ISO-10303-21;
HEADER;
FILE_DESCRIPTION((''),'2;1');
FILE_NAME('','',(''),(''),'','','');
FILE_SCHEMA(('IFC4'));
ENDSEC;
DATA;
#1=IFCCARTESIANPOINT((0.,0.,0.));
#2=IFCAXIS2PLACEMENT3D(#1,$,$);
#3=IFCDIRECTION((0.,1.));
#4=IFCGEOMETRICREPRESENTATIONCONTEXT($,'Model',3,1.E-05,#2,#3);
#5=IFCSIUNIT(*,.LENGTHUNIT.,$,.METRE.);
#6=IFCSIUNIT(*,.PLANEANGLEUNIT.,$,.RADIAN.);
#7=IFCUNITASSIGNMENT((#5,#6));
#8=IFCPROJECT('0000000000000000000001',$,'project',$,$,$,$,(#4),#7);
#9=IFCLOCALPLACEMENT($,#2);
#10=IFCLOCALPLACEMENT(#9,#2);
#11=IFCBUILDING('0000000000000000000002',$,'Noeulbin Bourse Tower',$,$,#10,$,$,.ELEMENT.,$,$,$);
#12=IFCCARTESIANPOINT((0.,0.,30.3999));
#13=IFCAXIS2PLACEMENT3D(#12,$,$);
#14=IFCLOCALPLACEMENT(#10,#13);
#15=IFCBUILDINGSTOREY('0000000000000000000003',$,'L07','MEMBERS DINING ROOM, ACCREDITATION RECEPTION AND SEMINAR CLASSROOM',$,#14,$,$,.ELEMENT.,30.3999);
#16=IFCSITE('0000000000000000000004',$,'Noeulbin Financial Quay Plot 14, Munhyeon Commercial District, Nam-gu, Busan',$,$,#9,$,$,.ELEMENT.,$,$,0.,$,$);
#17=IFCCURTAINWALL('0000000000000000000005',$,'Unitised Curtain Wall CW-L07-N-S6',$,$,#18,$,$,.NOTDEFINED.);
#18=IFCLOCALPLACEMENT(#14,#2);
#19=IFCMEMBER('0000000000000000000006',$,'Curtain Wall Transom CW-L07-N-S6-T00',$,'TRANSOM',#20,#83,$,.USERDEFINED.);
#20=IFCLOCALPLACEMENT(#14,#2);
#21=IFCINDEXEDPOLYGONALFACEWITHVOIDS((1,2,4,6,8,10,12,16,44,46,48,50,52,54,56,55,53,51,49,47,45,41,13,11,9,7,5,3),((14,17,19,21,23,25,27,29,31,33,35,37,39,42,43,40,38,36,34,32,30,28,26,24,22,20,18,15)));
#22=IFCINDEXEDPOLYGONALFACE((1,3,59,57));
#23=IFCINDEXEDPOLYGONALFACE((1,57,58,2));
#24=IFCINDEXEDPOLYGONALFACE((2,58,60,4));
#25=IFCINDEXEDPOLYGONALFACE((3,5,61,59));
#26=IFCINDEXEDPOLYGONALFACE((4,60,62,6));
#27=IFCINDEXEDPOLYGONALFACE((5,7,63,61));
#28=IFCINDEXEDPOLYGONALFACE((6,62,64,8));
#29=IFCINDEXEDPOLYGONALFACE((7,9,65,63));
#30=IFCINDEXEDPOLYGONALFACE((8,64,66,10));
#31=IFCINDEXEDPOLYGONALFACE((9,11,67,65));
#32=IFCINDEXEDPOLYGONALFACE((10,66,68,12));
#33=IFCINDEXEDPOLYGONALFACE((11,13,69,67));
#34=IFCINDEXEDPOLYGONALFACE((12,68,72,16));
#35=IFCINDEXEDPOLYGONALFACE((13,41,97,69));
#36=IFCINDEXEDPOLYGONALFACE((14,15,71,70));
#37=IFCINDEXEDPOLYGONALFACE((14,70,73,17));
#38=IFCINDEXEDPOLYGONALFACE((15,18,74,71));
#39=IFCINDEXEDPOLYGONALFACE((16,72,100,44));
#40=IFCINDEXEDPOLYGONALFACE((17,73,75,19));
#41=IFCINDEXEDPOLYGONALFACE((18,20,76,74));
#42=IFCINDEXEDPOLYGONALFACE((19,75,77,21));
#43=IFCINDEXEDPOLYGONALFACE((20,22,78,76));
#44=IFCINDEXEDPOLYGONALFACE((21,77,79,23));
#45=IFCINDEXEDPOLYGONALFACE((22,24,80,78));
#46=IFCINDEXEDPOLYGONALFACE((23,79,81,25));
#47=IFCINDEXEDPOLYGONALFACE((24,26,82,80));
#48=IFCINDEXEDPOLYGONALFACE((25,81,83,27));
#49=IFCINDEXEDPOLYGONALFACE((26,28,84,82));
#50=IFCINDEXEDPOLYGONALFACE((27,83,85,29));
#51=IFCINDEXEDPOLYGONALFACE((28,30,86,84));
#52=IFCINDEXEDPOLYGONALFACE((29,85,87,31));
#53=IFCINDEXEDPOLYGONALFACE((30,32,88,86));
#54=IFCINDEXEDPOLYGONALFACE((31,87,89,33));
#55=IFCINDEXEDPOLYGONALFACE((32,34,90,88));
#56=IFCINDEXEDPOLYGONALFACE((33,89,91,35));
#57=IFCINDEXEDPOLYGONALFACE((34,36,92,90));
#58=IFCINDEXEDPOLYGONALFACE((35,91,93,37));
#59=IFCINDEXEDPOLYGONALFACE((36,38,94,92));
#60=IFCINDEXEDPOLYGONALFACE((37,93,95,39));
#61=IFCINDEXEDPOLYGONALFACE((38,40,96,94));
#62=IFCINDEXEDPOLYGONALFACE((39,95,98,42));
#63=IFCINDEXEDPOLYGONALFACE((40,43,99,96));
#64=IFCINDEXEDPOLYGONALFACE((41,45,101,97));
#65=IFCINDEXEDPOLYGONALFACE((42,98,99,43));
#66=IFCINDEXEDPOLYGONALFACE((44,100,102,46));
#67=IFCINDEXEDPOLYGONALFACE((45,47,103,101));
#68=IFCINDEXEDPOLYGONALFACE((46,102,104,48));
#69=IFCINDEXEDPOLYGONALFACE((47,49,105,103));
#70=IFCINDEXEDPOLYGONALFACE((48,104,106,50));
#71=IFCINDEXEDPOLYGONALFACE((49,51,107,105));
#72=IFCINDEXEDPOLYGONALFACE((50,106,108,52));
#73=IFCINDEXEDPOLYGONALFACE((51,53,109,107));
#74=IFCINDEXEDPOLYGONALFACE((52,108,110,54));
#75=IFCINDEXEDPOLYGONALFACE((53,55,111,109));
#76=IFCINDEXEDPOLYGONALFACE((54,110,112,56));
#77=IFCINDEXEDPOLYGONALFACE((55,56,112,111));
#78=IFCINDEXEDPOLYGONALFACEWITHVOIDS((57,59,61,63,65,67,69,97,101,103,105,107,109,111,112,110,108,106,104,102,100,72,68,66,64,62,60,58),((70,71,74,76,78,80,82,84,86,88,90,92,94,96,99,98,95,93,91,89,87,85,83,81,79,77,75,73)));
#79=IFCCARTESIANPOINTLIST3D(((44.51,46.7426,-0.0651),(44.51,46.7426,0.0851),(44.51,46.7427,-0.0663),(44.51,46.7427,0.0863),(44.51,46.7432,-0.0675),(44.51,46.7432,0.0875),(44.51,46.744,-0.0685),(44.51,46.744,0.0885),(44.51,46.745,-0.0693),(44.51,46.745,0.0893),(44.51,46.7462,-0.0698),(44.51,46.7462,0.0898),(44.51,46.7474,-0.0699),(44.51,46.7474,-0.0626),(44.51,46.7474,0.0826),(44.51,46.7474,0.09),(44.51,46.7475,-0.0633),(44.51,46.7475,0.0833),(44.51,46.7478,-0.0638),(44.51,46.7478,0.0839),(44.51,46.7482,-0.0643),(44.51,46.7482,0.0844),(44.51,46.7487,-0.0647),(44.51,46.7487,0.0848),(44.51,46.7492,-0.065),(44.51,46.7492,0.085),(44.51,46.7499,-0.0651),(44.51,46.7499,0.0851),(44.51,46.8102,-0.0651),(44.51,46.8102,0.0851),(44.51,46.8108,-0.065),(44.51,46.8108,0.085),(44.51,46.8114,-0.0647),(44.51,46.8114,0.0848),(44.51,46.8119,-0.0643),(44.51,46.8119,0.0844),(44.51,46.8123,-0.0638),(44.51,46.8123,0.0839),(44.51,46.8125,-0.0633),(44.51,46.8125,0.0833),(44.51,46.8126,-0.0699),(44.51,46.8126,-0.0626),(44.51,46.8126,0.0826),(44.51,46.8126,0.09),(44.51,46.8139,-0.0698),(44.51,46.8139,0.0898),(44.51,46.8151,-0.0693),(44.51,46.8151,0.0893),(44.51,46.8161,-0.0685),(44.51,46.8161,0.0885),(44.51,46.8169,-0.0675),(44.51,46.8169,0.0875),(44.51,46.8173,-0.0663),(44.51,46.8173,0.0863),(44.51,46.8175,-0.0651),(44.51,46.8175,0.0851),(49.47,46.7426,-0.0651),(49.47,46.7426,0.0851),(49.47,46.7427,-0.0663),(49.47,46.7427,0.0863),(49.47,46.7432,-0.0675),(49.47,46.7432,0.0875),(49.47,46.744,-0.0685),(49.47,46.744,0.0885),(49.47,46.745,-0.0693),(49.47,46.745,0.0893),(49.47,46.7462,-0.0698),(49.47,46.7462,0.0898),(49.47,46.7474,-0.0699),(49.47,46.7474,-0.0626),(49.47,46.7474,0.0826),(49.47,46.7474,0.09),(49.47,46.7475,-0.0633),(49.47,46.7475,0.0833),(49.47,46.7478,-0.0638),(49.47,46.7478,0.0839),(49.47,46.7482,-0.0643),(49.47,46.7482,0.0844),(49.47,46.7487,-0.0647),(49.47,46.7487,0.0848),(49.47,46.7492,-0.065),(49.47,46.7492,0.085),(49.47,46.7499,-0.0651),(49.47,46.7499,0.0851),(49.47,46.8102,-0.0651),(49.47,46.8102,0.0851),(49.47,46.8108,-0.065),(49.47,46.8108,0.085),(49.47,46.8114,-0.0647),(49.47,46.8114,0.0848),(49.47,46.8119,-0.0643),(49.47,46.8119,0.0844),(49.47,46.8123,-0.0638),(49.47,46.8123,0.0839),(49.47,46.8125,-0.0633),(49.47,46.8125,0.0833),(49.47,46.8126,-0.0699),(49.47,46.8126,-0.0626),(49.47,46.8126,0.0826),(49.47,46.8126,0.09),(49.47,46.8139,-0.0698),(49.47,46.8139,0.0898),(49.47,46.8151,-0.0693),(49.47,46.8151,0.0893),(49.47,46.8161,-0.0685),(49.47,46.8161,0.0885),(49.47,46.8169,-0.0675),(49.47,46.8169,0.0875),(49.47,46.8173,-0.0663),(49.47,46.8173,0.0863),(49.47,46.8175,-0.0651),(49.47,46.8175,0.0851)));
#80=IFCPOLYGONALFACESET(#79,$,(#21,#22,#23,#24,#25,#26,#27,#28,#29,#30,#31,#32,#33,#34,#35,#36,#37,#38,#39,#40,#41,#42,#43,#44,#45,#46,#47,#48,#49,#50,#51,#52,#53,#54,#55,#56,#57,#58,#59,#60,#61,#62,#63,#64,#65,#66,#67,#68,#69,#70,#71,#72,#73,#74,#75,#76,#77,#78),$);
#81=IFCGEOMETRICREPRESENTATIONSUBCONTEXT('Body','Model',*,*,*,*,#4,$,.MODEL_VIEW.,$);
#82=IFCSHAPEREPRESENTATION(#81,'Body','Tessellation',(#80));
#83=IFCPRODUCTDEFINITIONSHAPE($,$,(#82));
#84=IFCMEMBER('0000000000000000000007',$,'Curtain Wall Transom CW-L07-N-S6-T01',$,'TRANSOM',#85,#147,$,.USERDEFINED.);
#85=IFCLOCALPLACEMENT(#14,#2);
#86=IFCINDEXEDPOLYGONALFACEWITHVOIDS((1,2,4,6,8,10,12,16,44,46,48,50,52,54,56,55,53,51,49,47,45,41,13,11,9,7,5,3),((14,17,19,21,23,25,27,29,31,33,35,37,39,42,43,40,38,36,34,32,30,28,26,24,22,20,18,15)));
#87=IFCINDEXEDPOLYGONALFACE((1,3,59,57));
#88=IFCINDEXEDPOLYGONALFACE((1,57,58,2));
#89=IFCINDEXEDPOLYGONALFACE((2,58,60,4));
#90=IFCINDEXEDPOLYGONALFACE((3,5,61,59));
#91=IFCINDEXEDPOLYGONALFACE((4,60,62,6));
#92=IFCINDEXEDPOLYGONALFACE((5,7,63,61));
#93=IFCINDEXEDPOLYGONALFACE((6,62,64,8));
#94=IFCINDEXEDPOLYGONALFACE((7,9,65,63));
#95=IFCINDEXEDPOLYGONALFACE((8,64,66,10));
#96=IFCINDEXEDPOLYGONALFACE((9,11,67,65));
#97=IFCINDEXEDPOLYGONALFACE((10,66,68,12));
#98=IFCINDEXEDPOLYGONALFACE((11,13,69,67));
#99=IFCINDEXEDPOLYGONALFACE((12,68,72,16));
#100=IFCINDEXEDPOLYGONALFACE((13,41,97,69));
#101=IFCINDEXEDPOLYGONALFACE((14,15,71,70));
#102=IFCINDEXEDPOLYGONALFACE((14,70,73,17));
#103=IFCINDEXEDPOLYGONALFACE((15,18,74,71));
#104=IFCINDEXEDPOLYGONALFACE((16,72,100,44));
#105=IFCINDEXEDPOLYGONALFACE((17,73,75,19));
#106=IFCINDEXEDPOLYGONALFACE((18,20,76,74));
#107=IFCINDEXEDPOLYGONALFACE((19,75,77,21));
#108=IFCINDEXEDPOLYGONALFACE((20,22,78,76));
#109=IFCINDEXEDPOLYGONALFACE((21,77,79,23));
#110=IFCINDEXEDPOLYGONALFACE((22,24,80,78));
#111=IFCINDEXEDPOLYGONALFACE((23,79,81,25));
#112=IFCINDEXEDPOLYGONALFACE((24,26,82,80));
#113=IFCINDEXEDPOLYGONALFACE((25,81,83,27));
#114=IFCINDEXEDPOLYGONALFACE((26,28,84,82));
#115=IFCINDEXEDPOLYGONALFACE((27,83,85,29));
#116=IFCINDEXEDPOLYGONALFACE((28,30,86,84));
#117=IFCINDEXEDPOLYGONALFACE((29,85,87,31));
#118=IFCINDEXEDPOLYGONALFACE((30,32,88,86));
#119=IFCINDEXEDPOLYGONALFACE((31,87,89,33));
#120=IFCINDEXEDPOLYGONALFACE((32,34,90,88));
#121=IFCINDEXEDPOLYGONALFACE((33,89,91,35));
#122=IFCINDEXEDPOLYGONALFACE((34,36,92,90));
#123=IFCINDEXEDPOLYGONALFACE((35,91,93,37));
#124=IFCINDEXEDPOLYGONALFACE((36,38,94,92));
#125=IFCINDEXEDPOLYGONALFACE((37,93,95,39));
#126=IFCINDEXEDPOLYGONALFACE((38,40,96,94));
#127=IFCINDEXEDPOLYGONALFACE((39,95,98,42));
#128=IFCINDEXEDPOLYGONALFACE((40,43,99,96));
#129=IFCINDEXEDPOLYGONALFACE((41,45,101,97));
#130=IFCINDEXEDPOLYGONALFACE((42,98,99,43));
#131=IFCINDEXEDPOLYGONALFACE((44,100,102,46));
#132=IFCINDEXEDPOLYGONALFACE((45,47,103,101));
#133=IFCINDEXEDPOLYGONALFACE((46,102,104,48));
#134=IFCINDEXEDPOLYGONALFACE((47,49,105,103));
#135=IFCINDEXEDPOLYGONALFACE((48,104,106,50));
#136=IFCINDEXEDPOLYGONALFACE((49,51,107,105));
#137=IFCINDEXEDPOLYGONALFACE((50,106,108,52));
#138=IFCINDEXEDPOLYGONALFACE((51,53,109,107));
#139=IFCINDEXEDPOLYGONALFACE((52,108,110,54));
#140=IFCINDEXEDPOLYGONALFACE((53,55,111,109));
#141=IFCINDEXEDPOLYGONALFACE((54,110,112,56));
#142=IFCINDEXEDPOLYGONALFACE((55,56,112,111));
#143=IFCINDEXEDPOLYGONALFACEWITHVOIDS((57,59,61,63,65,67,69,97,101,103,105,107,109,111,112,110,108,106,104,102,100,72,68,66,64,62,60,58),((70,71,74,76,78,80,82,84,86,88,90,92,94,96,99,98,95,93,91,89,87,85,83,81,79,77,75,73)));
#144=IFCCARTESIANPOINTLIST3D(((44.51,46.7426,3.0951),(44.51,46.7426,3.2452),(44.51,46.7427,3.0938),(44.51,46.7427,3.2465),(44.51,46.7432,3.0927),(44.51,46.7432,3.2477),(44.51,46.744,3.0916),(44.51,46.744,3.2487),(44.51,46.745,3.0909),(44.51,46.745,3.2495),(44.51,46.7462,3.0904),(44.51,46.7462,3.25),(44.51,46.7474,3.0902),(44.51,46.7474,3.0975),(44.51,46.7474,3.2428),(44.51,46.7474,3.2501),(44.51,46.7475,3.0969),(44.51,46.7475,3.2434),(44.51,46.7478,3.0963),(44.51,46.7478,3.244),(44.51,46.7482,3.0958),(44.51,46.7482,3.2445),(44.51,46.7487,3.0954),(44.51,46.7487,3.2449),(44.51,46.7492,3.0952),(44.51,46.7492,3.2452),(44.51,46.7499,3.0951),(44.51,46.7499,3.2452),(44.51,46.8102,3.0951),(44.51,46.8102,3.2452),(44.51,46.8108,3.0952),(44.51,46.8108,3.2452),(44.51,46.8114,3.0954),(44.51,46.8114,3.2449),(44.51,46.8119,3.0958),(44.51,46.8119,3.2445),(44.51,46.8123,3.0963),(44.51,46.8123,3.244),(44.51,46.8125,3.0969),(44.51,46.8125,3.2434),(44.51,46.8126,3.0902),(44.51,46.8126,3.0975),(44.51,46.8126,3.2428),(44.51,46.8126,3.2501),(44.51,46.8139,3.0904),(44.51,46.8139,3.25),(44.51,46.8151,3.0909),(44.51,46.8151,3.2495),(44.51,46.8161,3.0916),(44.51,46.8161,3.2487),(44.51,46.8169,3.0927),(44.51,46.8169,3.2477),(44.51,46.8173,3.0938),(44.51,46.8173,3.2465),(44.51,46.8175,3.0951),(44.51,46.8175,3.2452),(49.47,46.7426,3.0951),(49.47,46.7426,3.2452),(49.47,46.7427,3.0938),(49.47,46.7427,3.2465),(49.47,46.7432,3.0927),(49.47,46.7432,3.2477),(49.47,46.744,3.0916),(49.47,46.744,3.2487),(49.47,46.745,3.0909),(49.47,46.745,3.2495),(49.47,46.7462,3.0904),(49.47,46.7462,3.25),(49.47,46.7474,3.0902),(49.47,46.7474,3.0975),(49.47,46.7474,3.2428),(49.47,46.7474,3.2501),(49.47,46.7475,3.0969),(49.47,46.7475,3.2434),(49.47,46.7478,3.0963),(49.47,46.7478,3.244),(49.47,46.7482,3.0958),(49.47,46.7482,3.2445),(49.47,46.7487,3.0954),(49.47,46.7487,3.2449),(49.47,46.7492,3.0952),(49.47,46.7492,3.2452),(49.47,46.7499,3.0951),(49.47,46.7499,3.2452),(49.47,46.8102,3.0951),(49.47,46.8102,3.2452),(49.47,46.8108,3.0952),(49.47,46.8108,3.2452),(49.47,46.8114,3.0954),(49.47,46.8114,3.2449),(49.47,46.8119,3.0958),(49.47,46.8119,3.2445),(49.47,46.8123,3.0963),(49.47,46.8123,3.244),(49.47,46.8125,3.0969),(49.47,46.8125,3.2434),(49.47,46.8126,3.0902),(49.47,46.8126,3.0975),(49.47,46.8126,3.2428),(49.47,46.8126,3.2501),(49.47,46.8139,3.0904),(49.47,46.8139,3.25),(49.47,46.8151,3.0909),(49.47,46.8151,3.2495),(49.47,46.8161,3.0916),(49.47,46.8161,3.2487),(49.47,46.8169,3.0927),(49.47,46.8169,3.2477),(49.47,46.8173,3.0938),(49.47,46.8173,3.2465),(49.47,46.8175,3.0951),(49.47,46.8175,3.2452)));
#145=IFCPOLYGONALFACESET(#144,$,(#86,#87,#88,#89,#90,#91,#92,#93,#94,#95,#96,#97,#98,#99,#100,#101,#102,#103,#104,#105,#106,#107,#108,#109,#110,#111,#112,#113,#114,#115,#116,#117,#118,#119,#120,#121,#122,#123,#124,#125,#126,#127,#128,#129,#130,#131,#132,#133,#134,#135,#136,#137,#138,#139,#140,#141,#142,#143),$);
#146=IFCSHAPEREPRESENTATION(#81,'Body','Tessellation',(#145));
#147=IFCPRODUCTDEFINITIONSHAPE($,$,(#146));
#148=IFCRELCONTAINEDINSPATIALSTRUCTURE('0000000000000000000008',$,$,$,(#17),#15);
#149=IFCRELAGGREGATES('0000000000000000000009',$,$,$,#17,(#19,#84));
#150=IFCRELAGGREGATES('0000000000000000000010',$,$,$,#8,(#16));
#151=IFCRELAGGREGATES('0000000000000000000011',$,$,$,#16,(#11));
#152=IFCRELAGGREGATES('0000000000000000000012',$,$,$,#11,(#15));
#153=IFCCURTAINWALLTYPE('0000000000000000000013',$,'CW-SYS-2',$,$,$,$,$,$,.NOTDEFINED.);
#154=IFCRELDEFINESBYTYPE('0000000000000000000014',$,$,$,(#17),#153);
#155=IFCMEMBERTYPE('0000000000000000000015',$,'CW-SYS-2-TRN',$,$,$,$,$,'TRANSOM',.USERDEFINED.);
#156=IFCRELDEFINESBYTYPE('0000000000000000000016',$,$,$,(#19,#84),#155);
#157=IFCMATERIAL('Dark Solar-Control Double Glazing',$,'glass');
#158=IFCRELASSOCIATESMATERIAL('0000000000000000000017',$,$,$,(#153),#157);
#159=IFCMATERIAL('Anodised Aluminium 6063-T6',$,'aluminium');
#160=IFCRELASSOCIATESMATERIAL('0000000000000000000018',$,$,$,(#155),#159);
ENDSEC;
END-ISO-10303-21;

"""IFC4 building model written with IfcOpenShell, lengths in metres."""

from ifc_helpers import new_model, si_unit, direction, frame, origin, origin_2d, place, context, subcontext, project, spatial, hollow_rectangle, extrude, material, material_profile, profile_set, type_object, element, aggregate, save


model = new_model("IFC4")

# Units and contexts
model_context = context("Model", 3, precision=1e-05, world=origin(), true_north=direction((0.0, 1.0)))
body_context = subcontext(model_context, "Body", "Model", "MODEL_VIEW")
ifc_project = project(units=[si_unit("LENGTHUNIT", "METRE"), si_unit("PLANEANGLEUNIT", "RADIAN")], contexts=[model_context])

# Site, building, storey
site_placement = place(None, origin())
site = spatial("IfcSite", under=ifc_project, at=site_placement, Name="Noeulbin Financial Quay Plot 14, Munhyeon Commercial District, Nam-gu, Busan", CompositionType="ELEMENT", RefElevation=0.0)
building_placement = place(site_placement, origin())
building = spatial("IfcBuilding", under=site, at=building_placement, Name="Noeulbin Bourse Tower", CompositionType="ELEMENT")
storey_placement = place(building_placement, frame((0.0, 0.0, 30.3999)))
storey = spatial("IfcBuildingStorey", under=building, at=storey_placement, Name="L07", Description="MEMBERS DINING ROOM, ACCREDITATION RECEPTION AND SEMINAR CLASSROOM", CompositionType="ELEMENT", Elevation=30.3999)

# Shared definitions
ifc_material_1 = material(Name="Dark Solar-Control Double Glazing", Category="glass")
curtain_wall_type = type_object("IfcCurtainWallType", Name="CW-SYS-2", PredefinedType="NOTDEFINED", material=ifc_material_1)
ifc_material_2 = material(Name="Anodised Aluminium 6063-T6", Category="aluminium")

# Curtain wall
curtain_wall_1_placement = place(storey_placement, origin())
curtain_wall_1 = element("IfcCurtainWall", 1, at=curtain_wall_1_placement, inside=storey, type_object=curtain_wall_type, Name="Unitised Curtain Wall CW-L07-N-S6", PredefinedType="NOTDEFINED")

# Members
ifc_material_profile_1 = material_profile(ifc_material_2, hollow_rectangle(XDim=0.075, YDim=0.1599, WallThickness=0.0049, InnerFilletRadius=0.0024, OuterFilletRadius=0.0049, at=origin_2d()), Name="ALU-TRAN-75x160x5", Category="LoadBearing")
ifc_profile_set_1 = profile_set([ifc_material_profile_1], Name="Anodised Aluminium 6063-T6")
member_type_1 = type_object("IfcMemberType", Name="CW-SYS-2-TRN", ElementType="TRANSOM", PredefinedType="USERDEFINED", material=ifc_profile_set_1)
member_1_placement = place(storey_placement, frame((44.51, 46.78, 0.01), z_axis=(1.0, 0.0, 0.0), x_axis=(0.0, 1.0, 0.0)))
member_1 = element("IfcMember", 2, at=member_1_placement, type_object=member_type_1, Name="Curtain Wall Transom CW-L07-N-S6-T00", ObjectType="TRANSOM", PredefinedType="USERDEFINED", context=body_context, shape_type="SweptSolid", body=[
    extrude(hollow_rectangle(XDim=0.075, YDim=0.1599, WallThickness=0.0049, InnerFilletRadius=0.0024, OuterFilletRadius=0.0049, at=origin_2d()), origin(), (0.0, 0.0, 1.0), 4.96),
])
member_2_placement = place(storey_placement, frame((44.51, 46.78, 3.1702), z_axis=(1.0, 0.0, 0.0), x_axis=(0.0, 1.0, 0.0)))
member_2 = element("IfcMember", 3, at=member_2_placement, type_object=member_type_1, Name="Curtain Wall Transom CW-L07-N-S6-T01", ObjectType="TRANSOM", PredefinedType="USERDEFINED", context=body_context, shape_type="SweptSolid", body=[
    extrude(hollow_rectangle(XDim=0.075, YDim=0.1599, WallThickness=0.0049, InnerFilletRadius=0.0024, OuterFilletRadius=0.0049, at=origin_2d()), origin(), (0.0, 0.0, 1.0), 4.96),
])

aggregate(curtain_wall_1, [member_1, member_2])

save(model, "model.ifc")
